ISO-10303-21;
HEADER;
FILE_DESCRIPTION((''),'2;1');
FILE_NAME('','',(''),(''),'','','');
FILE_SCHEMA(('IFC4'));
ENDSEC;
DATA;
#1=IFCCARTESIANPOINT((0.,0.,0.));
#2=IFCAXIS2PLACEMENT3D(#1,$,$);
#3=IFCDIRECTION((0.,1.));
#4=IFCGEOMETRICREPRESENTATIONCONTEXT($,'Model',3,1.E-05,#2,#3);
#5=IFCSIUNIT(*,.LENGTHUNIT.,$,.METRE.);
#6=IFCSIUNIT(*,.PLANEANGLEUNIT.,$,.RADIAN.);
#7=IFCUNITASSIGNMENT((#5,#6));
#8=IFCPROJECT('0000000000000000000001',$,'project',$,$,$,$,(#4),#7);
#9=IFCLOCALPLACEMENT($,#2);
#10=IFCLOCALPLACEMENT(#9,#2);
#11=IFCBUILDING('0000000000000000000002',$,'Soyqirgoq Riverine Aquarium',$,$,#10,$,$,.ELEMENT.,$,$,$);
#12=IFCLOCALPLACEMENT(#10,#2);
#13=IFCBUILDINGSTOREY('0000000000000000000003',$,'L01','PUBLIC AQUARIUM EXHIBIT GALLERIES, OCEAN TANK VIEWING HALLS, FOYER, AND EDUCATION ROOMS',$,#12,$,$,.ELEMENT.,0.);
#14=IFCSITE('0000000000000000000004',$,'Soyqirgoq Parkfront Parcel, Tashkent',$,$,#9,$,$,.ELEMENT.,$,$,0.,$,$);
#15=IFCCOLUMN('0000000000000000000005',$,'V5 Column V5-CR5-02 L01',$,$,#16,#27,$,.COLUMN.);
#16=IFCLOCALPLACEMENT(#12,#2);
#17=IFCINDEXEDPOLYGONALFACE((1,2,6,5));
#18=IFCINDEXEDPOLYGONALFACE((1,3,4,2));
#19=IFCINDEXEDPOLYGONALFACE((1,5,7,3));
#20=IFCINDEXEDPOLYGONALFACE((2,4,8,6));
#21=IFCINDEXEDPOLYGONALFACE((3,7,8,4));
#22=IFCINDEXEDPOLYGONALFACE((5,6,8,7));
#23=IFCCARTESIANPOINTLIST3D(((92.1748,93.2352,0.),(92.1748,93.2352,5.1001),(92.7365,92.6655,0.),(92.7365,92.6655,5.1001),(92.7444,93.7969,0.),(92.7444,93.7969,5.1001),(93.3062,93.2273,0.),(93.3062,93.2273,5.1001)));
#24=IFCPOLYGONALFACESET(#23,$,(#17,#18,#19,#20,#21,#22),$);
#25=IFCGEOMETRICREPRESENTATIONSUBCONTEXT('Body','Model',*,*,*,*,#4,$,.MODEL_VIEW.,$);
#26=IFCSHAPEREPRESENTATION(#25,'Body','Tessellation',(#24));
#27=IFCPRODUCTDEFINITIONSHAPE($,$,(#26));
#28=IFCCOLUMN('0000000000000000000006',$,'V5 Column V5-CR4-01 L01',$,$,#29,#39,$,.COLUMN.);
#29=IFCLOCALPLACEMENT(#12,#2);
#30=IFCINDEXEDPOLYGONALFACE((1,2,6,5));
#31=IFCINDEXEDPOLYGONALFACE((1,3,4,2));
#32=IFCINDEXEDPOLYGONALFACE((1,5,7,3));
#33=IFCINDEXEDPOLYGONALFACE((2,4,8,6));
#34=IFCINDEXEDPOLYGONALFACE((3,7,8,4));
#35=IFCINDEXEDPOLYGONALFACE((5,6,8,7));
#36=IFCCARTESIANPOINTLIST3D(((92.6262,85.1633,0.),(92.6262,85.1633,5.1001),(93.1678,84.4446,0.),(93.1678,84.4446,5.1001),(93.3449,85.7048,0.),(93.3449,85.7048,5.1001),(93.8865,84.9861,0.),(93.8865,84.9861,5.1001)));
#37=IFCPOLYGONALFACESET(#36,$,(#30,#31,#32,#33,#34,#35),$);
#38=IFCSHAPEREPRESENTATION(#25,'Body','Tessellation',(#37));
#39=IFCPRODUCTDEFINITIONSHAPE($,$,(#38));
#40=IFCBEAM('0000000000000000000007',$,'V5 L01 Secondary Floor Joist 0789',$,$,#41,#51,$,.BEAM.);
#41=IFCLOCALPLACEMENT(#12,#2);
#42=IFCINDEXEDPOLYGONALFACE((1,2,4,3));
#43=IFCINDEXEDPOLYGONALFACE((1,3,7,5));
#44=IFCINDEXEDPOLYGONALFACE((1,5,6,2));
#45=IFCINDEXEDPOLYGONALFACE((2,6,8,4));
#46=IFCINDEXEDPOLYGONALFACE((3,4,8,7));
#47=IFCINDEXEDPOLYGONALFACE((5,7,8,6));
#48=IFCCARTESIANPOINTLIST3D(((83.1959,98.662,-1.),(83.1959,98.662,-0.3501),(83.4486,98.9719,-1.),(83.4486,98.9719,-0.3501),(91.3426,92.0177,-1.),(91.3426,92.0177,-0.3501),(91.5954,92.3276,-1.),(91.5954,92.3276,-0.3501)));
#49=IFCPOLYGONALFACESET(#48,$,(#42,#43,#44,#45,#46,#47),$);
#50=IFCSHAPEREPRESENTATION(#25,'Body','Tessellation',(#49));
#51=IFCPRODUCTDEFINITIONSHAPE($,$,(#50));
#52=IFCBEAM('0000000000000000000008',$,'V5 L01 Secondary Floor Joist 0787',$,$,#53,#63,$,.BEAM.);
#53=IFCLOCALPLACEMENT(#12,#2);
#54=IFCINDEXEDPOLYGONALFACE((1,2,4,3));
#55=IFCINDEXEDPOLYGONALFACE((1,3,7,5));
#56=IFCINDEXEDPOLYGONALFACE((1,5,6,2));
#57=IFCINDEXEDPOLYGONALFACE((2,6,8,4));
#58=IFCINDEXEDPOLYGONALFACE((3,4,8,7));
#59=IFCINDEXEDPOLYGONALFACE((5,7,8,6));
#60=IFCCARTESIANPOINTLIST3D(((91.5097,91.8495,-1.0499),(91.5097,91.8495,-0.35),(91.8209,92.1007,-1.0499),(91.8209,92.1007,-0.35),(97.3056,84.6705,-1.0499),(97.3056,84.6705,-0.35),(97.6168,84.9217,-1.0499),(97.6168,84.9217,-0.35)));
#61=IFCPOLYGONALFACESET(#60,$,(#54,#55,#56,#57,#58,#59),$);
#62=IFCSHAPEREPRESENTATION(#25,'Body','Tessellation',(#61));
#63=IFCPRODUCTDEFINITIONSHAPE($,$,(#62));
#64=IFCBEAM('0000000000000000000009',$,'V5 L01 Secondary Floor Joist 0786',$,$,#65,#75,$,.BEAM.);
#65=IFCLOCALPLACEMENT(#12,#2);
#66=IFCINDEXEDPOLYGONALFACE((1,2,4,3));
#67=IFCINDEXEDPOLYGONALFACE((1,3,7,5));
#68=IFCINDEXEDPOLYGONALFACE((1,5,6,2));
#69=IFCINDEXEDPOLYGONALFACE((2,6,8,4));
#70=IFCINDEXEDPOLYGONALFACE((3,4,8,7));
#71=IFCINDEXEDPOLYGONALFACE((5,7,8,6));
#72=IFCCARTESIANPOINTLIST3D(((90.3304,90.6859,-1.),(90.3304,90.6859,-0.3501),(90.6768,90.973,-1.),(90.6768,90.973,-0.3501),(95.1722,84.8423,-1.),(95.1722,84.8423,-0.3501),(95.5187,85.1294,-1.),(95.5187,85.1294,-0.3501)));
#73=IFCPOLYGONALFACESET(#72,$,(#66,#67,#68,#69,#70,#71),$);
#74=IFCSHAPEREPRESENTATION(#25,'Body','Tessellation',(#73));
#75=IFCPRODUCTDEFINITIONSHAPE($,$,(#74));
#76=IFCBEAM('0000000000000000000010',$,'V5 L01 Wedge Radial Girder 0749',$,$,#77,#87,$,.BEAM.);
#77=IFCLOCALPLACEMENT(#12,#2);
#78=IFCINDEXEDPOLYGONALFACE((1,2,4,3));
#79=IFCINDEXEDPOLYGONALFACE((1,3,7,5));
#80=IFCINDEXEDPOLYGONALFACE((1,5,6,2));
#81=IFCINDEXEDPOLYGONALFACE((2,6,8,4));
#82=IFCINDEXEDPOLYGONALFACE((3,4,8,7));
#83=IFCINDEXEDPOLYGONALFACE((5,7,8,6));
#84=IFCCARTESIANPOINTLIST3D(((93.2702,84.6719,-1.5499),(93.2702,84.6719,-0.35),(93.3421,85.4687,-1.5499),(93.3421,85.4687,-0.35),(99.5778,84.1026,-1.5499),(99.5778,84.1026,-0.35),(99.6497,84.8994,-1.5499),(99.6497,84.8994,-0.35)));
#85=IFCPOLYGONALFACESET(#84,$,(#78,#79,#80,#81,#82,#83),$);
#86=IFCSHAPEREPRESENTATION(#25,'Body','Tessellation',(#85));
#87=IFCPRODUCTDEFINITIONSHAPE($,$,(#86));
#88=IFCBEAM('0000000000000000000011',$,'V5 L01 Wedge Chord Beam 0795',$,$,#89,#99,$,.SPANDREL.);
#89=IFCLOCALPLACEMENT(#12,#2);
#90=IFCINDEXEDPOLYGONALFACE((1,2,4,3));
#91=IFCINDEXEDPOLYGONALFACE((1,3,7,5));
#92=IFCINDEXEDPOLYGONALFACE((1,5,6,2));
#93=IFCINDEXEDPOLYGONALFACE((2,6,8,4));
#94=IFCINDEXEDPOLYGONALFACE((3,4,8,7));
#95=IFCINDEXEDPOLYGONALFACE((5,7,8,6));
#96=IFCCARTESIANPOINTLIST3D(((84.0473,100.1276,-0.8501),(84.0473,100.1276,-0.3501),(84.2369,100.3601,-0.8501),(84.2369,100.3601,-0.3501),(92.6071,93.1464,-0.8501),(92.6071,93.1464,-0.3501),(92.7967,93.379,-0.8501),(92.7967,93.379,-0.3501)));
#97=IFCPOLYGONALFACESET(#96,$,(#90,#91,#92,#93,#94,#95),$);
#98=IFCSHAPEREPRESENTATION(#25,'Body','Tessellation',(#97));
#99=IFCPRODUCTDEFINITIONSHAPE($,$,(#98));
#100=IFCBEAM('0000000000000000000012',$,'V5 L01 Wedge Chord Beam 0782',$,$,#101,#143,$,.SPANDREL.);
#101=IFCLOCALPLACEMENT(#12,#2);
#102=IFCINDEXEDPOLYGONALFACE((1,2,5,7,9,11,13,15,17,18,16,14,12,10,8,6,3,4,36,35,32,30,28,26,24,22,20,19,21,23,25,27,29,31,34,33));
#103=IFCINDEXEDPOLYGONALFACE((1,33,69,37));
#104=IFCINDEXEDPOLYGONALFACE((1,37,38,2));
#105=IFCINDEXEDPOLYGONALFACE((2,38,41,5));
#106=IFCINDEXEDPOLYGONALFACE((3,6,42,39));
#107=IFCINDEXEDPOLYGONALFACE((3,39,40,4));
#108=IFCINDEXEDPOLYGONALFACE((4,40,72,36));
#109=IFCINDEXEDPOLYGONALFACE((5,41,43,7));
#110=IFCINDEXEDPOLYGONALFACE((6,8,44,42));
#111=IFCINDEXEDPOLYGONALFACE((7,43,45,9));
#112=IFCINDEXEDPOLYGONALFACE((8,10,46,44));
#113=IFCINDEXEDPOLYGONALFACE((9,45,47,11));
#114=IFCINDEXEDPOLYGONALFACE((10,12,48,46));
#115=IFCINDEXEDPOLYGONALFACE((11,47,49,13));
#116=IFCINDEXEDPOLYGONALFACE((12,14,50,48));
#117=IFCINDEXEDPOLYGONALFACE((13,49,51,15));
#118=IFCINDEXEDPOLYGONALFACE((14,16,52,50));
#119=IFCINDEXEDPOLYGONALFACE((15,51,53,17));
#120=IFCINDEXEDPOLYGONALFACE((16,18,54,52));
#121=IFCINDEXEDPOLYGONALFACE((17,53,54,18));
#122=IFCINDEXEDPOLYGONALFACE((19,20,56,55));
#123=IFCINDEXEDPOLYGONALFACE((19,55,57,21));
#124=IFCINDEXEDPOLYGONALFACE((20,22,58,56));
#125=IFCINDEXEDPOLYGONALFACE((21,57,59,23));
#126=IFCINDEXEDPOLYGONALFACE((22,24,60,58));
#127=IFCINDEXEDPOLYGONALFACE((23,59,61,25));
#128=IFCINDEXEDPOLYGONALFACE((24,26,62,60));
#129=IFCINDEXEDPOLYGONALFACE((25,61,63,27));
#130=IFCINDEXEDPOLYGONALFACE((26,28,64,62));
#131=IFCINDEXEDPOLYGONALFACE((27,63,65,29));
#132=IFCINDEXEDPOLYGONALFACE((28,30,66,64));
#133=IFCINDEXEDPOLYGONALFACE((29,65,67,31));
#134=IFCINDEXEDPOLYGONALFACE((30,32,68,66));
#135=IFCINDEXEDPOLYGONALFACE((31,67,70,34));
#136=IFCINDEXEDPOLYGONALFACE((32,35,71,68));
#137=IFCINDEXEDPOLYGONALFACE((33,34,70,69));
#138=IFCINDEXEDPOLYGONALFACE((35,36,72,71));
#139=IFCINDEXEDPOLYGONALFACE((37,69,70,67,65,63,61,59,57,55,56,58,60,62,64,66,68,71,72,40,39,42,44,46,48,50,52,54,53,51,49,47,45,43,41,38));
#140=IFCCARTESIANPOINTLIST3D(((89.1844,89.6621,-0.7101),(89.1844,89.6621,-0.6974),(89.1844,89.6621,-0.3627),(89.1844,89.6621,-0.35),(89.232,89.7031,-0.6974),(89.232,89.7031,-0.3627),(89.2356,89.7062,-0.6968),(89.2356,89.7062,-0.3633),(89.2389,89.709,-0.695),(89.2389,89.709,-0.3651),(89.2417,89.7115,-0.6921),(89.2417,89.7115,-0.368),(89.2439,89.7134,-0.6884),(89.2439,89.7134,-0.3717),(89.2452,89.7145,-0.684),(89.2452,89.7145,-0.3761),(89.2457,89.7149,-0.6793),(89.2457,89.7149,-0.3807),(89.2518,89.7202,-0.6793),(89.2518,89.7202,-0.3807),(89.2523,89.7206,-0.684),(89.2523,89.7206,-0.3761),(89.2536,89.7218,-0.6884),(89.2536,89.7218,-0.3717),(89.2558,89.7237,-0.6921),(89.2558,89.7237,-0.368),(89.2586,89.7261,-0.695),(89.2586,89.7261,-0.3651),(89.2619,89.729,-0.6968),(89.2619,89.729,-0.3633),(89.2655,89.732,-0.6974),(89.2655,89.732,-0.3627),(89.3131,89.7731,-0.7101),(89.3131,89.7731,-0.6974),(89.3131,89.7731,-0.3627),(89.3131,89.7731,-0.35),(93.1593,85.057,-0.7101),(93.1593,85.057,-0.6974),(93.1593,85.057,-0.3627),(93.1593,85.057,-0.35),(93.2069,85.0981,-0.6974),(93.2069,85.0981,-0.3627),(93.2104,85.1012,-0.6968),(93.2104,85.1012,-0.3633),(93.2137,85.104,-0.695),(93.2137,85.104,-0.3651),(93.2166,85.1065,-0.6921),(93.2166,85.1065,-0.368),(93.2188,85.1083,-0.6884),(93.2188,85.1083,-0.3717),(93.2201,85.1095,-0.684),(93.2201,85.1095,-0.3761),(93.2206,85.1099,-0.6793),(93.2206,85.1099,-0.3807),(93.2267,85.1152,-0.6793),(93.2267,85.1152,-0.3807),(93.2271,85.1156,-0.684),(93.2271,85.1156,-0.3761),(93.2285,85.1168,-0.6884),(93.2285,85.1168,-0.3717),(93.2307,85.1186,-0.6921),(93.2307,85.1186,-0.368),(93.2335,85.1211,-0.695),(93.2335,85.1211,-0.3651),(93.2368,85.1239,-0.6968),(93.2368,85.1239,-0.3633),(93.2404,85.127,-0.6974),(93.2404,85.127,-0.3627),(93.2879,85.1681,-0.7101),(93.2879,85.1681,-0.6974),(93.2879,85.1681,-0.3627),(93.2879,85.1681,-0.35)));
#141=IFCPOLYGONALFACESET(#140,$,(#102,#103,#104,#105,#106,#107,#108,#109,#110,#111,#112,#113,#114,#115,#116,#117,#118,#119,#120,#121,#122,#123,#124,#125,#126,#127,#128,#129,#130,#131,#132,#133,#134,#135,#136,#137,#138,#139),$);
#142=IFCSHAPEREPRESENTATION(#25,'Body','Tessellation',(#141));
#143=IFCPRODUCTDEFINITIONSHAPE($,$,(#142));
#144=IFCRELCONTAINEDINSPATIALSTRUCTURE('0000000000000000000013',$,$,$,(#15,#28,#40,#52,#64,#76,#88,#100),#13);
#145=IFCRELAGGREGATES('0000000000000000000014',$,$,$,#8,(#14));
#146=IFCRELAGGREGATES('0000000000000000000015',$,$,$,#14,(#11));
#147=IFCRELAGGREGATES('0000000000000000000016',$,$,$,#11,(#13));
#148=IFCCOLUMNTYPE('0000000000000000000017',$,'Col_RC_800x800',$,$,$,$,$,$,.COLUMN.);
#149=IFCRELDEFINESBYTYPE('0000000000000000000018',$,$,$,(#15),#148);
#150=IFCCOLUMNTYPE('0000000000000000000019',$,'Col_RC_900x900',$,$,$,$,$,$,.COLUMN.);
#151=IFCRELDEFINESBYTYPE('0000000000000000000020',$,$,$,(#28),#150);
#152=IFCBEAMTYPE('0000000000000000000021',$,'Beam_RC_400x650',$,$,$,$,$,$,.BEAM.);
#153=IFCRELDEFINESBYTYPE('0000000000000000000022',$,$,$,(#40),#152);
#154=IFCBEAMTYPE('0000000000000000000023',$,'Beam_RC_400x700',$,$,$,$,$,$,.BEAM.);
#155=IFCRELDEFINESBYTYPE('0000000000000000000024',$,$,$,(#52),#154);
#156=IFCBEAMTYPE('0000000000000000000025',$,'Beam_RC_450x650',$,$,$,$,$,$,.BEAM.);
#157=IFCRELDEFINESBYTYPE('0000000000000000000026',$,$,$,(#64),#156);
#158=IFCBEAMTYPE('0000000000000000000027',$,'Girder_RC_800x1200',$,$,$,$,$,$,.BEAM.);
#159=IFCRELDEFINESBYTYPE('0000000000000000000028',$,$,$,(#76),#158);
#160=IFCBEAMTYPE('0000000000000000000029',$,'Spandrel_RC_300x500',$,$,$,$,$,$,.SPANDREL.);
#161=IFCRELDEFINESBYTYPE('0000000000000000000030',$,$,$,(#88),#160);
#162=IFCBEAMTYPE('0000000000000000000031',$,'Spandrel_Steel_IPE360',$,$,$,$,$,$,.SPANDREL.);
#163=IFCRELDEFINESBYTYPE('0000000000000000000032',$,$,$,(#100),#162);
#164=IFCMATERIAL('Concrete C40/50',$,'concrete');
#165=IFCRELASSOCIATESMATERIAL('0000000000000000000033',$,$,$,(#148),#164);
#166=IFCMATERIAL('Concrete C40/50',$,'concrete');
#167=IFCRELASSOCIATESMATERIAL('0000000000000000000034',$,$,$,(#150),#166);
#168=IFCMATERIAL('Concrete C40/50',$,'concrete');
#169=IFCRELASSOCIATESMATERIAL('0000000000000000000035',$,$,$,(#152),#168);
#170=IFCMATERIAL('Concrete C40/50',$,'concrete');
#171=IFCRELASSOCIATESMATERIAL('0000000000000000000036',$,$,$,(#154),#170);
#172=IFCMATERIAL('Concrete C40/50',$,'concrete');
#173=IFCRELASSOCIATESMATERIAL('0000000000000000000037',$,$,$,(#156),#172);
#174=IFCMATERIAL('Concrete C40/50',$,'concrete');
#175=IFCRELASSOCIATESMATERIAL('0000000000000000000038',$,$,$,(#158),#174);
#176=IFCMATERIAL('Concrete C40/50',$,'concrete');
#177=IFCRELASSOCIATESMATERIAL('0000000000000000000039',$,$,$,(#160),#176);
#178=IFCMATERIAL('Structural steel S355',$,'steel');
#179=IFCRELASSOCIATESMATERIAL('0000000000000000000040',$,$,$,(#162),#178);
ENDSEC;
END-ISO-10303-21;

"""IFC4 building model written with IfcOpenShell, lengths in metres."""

from ifc_helpers import new_model, si_unit, direction, frame, origin, origin_2d, place, context, subcontext, project, spatial, rectangle, i_section, extrude, material, material_profile, profile_set, type_object, element, save


model = new_model("IFC4")

# Units and contexts
model_context = context("Model", 3, precision=1e-05, world=origin(), true_north=direction((0.0, 1.0)))
body_context = subcontext(model_context, "Body", "Model", "MODEL_VIEW")
ifc_project = project(units=[si_unit("LENGTHUNIT", "METRE"), si_unit("PLANEANGLEUNIT", "RADIAN")], contexts=[model_context])

# Site, building, storey
site_placement = place(None, origin())
site = spatial("IfcSite", under=ifc_project, at=site_placement, Name="Soyqirgoq Parkfront Parcel, Tashkent", CompositionType="ELEMENT", RefElevation=0.0)
building_placement = place(site_placement, origin())
building = spatial("IfcBuilding", under=site, at=building_placement, Name="Soyqirgoq Riverine Aquarium", CompositionType="ELEMENT")
storey_placement = place(building_placement, origin())
storey = spatial("IfcBuildingStorey", under=building, at=storey_placement, Name="L01", Description="PUBLIC AQUARIUM EXHIBIT GALLERIES, OCEAN TANK VIEWING HALLS, FOYER, AND EDUCATION ROOMS", CompositionType="ELEMENT", Elevation=0.0)

# Columns
ifc_material_1 = material(Name="Concrete C40/50", Category="concrete")
ifc_material_profile_1 = material_profile(ifc_material_1, rectangle(XDim=0.8, YDim=0.8, at=origin_2d()), Name="RC 800x800")
ifc_profile_set_1 = profile_set([ifc_material_profile_1], Name="Concrete C40/50")
column_type_1 = type_object("IfcColumnType", Name="Col_RC_800x800", PredefinedType="COLUMN", material=ifc_profile_set_1)
column_1_placement = place(storey_placement, frame((92.7405, 93.2312, 0.0), z_axis=(0.0, 0.0, 1.0), x_axis=(0.712026, 0.702153, 0.0)))
element("IfcColumn", 1, at=column_1_placement, inside=storey, type_object=column_type_1, Name="V5 Column V5-CR5-02 L01", PredefinedType="COLUMN", context=body_context, shape_type="SweptSolid", body=[
    extrude(rectangle(XDim=0.8, YDim=0.8, at=origin_2d()), origin(), (0.0, 0.0, 1.0), 5.1001),
])
ifc_material_2 = material(Name="Concrete C40/50", Category="concrete")
ifc_material_profile_2 = material_profile(ifc_material_2, rectangle(XDim=0.8999, YDim=0.8999, at=origin_2d()), Name="RC 900x900")
ifc_profile_set_2 = profile_set([ifc_material_profile_2], Name="Concrete C40/50")
column_type_2 = type_object("IfcColumnType", Name="Col_RC_900x900", PredefinedType="COLUMN", material=ifc_profile_set_2)
column_2_placement = place(storey_placement, frame((93.2563, 85.0747, 0.0), z_axis=(0.0, 0.0, 1.0), x_axis=(0.798636, 0.601815, 0.0)))
element("IfcColumn", 2, at=column_2_placement, inside=storey, type_object=column_type_2, Name="V5 Column V5-CR4-01 L01", PredefinedType="COLUMN", context=body_context, shape_type="SweptSolid", body=[
    extrude(rectangle(XDim=0.8999, YDim=0.8999, at=origin_2d()), origin(), (0.0, 0.0, 1.0), 5.1001),
])

# Beams
ifc_material_3 = material(Name="Concrete C40/50", Category="concrete")
ifc_material_profile_3 = material_profile(ifc_material_3, rectangle(XDim=0.3999, YDim=0.6499, at=origin_2d()), Name="RC 400x650")
ifc_profile_set_3 = profile_set([ifc_material_profile_3], Name="Concrete C40/50")
beam_type_1 = type_object("IfcBeamType", Name="Beam_RC_400x650", PredefinedType="BEAM", material=ifc_profile_set_3)
beam_1_placement = place(storey_placement, frame((91.469, 92.1726, -0.675), z_axis=(-0.774946, 0.632028, 0.0), x_axis=(-0.632028, -0.774946, 0.0)))
element("IfcBeam", 3, at=beam_1_placement, inside=storey, type_object=beam_type_1, Name="V5 L01 Secondary Floor Joist 0789", PredefinedType="BEAM", context=body_context, shape_type="SweptSolid", body=[
    extrude(rectangle(XDim=0.3999, YDim=0.6499, at=origin_2d()), origin(), (0.0, 0.0, 1.0), 10.5127),
])
ifc_material_4 = material(Name="Concrete C40/50", Category="concrete")
ifc_material_profile_4 = material_profile(ifc_material_4, rectangle(XDim=0.3999, YDim=0.7, at=origin_2d()), Name="RC 400x700")
ifc_profile_set_4 = profile_set([ifc_material_profile_4], Name="Concrete C40/50")
beam_type_2 = type_object("IfcBeamType", Name="Beam_RC_400x700", PredefinedType="BEAM", material=ifc_profile_set_4)
beam_2_placement = place(storey_placement, frame((97.4612, 84.7961, -0.7), z_axis=(-0.628174, 0.778073, 0.0), x_axis=(-0.778073, -0.628174, 0.0)))
element("IfcBeam", 4, at=beam_2_placement, inside=storey, type_object=beam_type_2, Name="V5 L01 Secondary Floor Joist 0787", PredefinedType="BEAM", context=body_context, shape_type="SweptSolid", body=[
    extrude(rectangle(XDim=0.3999, YDim=0.7, at=origin_2d()), origin(), (0.0, 0.0, 1.0), 9.2266),
])
ifc_material_5 = material(Name="Concrete C40/50", Category="concrete")
ifc_material_profile_5 = material_profile(ifc_material_5, rectangle(XDim=0.45, YDim=0.6499, at=origin_2d()), Name="RC 450x650")
ifc_profile_set_5 = profile_set([ifc_material_profile_5], Name="Concrete C40/50")
beam_type_3 = type_object("IfcBeamType", Name="Beam_RC_450x650", PredefinedType="BEAM", material=ifc_profile_set_5)
beam_3_placement = place(storey_placement, frame((95.3455, 84.9858, -0.675), z_axis=(-0.638021, 0.770019, 0.0), x_axis=(-0.770019, -0.638021, 0.0)))
element("IfcBeam", 5, at=beam_3_placement, inside=storey, type_object=beam_type_3, Name="V5 L01 Secondary Floor Joist 0786", PredefinedType="BEAM", context=body_context, shape_type="SweptSolid", body=[
    extrude(rectangle(XDim=0.45, YDim=0.6499, at=origin_2d()), origin(), (0.0, 0.0, 1.0), 7.5889),
])
ifc_material_6 = material(Name="Concrete C40/50", Category="concrete")
ifc_material_profile_6 = material_profile(ifc_material_6, rectangle(XDim=0.8, YDim=1.2, at=origin_2d()), Name="RC 800x1200")
ifc_profile_set_6 = profile_set([ifc_material_profile_6], Name="Concrete C40/50")
beam_type_4 = type_object("IfcBeamType", Name="Girder_RC_800x1200", PredefinedType="BEAM", material=ifc_profile_set_6)
beam_4_placement = place(storey_placement, frame((93.3062, 85.0703, -0.95), z_axis=(0.995951, -0.089896, 0.0), x_axis=(0.089896, 0.995951, 0.0)))
element("IfcBeam", 6, at=beam_4_placement, inside=storey, type_object=beam_type_4, Name="V5 L01 Wedge Radial Girder 0749", PredefinedType="BEAM", context=body_context, shape_type="SweptSolid", body=[
    extrude(rectangle(XDim=0.8, YDim=1.2, at=origin_2d()), origin(), (0.0, 0.0, 1.0), 6.3333),
])
ifc_material_7 = material(Name="Concrete C40/50", Category="concrete")
ifc_material_profile_7 = material_profile(ifc_material_7, rectangle(XDim=0.3, YDim=0.5, at=origin_2d()), Name="RC 300x500")
ifc_profile_set_7 = profile_set([ifc_material_profile_7], Name="Concrete C40/50")
beam_type_5 = type_object("IfcBeamType", Name="Spandrel_RC_300x500", PredefinedType="SPANDREL", material=ifc_profile_set_7)
beam_5_placement = place(storey_placement, frame((92.7019, 93.2627, -0.6001), z_axis=(-0.774945, 0.632029, 0.0), x_axis=(-0.632029, -0.774945, 0.0)))
element("IfcBeam", 7, at=beam_5_placement, inside=storey, type_object=beam_type_5, Name="V5 L01 Wedge Chord Beam 0795", PredefinedType="SPANDREL", context=body_context, shape_type="SweptSolid", body=[
    extrude(rectangle(XDim=0.3, YDim=0.5, at=origin_2d()), origin(), (0.0, 0.0, 1.0), 11.0457),
])
ifc_material_8 = material(Name="Structural steel S355", Category="steel")
ifc_material_profile_8 = material_profile(ifc_material_8, i_section(OverallWidth=0.1699, OverallDepth=0.3601, WebThickness=0.0081, FlangeThickness=0.0127, FilletRadius=0.0181, at=origin_2d()), Name="IPE 360")
ifc_profile_set_8 = profile_set([ifc_material_profile_8], Name="Structural steel S355")
beam_type_6 = type_object("IfcBeamType", Name="Spandrel_Steel_IPE360", PredefinedType="SPANDREL", material=ifc_profile_set_8)
beam_6_placement = place(storey_placement, frame((93.2236, 85.1125, -0.53), z_axis=(-0.653415, 0.757, 0.0), x_axis=(-0.757, -0.653415, 0.0)))
element("IfcBeam", 8, at=beam_6_placement, inside=storey, type_object=beam_type_6, Name="V5 L01 Wedge Chord Beam 0782", PredefinedType="SPANDREL", context=body_context, shape_type="SweptSolid", body=[
    extrude(i_section(OverallWidth=0.1699, OverallDepth=0.3601, WebThickness=0.0081, FlangeThickness=0.0127, FilletRadius=0.0181, at=origin_2d()), origin(), (0.0, 0.0, 1.0), 6.0833),
])

save(model, "model.ifc")
